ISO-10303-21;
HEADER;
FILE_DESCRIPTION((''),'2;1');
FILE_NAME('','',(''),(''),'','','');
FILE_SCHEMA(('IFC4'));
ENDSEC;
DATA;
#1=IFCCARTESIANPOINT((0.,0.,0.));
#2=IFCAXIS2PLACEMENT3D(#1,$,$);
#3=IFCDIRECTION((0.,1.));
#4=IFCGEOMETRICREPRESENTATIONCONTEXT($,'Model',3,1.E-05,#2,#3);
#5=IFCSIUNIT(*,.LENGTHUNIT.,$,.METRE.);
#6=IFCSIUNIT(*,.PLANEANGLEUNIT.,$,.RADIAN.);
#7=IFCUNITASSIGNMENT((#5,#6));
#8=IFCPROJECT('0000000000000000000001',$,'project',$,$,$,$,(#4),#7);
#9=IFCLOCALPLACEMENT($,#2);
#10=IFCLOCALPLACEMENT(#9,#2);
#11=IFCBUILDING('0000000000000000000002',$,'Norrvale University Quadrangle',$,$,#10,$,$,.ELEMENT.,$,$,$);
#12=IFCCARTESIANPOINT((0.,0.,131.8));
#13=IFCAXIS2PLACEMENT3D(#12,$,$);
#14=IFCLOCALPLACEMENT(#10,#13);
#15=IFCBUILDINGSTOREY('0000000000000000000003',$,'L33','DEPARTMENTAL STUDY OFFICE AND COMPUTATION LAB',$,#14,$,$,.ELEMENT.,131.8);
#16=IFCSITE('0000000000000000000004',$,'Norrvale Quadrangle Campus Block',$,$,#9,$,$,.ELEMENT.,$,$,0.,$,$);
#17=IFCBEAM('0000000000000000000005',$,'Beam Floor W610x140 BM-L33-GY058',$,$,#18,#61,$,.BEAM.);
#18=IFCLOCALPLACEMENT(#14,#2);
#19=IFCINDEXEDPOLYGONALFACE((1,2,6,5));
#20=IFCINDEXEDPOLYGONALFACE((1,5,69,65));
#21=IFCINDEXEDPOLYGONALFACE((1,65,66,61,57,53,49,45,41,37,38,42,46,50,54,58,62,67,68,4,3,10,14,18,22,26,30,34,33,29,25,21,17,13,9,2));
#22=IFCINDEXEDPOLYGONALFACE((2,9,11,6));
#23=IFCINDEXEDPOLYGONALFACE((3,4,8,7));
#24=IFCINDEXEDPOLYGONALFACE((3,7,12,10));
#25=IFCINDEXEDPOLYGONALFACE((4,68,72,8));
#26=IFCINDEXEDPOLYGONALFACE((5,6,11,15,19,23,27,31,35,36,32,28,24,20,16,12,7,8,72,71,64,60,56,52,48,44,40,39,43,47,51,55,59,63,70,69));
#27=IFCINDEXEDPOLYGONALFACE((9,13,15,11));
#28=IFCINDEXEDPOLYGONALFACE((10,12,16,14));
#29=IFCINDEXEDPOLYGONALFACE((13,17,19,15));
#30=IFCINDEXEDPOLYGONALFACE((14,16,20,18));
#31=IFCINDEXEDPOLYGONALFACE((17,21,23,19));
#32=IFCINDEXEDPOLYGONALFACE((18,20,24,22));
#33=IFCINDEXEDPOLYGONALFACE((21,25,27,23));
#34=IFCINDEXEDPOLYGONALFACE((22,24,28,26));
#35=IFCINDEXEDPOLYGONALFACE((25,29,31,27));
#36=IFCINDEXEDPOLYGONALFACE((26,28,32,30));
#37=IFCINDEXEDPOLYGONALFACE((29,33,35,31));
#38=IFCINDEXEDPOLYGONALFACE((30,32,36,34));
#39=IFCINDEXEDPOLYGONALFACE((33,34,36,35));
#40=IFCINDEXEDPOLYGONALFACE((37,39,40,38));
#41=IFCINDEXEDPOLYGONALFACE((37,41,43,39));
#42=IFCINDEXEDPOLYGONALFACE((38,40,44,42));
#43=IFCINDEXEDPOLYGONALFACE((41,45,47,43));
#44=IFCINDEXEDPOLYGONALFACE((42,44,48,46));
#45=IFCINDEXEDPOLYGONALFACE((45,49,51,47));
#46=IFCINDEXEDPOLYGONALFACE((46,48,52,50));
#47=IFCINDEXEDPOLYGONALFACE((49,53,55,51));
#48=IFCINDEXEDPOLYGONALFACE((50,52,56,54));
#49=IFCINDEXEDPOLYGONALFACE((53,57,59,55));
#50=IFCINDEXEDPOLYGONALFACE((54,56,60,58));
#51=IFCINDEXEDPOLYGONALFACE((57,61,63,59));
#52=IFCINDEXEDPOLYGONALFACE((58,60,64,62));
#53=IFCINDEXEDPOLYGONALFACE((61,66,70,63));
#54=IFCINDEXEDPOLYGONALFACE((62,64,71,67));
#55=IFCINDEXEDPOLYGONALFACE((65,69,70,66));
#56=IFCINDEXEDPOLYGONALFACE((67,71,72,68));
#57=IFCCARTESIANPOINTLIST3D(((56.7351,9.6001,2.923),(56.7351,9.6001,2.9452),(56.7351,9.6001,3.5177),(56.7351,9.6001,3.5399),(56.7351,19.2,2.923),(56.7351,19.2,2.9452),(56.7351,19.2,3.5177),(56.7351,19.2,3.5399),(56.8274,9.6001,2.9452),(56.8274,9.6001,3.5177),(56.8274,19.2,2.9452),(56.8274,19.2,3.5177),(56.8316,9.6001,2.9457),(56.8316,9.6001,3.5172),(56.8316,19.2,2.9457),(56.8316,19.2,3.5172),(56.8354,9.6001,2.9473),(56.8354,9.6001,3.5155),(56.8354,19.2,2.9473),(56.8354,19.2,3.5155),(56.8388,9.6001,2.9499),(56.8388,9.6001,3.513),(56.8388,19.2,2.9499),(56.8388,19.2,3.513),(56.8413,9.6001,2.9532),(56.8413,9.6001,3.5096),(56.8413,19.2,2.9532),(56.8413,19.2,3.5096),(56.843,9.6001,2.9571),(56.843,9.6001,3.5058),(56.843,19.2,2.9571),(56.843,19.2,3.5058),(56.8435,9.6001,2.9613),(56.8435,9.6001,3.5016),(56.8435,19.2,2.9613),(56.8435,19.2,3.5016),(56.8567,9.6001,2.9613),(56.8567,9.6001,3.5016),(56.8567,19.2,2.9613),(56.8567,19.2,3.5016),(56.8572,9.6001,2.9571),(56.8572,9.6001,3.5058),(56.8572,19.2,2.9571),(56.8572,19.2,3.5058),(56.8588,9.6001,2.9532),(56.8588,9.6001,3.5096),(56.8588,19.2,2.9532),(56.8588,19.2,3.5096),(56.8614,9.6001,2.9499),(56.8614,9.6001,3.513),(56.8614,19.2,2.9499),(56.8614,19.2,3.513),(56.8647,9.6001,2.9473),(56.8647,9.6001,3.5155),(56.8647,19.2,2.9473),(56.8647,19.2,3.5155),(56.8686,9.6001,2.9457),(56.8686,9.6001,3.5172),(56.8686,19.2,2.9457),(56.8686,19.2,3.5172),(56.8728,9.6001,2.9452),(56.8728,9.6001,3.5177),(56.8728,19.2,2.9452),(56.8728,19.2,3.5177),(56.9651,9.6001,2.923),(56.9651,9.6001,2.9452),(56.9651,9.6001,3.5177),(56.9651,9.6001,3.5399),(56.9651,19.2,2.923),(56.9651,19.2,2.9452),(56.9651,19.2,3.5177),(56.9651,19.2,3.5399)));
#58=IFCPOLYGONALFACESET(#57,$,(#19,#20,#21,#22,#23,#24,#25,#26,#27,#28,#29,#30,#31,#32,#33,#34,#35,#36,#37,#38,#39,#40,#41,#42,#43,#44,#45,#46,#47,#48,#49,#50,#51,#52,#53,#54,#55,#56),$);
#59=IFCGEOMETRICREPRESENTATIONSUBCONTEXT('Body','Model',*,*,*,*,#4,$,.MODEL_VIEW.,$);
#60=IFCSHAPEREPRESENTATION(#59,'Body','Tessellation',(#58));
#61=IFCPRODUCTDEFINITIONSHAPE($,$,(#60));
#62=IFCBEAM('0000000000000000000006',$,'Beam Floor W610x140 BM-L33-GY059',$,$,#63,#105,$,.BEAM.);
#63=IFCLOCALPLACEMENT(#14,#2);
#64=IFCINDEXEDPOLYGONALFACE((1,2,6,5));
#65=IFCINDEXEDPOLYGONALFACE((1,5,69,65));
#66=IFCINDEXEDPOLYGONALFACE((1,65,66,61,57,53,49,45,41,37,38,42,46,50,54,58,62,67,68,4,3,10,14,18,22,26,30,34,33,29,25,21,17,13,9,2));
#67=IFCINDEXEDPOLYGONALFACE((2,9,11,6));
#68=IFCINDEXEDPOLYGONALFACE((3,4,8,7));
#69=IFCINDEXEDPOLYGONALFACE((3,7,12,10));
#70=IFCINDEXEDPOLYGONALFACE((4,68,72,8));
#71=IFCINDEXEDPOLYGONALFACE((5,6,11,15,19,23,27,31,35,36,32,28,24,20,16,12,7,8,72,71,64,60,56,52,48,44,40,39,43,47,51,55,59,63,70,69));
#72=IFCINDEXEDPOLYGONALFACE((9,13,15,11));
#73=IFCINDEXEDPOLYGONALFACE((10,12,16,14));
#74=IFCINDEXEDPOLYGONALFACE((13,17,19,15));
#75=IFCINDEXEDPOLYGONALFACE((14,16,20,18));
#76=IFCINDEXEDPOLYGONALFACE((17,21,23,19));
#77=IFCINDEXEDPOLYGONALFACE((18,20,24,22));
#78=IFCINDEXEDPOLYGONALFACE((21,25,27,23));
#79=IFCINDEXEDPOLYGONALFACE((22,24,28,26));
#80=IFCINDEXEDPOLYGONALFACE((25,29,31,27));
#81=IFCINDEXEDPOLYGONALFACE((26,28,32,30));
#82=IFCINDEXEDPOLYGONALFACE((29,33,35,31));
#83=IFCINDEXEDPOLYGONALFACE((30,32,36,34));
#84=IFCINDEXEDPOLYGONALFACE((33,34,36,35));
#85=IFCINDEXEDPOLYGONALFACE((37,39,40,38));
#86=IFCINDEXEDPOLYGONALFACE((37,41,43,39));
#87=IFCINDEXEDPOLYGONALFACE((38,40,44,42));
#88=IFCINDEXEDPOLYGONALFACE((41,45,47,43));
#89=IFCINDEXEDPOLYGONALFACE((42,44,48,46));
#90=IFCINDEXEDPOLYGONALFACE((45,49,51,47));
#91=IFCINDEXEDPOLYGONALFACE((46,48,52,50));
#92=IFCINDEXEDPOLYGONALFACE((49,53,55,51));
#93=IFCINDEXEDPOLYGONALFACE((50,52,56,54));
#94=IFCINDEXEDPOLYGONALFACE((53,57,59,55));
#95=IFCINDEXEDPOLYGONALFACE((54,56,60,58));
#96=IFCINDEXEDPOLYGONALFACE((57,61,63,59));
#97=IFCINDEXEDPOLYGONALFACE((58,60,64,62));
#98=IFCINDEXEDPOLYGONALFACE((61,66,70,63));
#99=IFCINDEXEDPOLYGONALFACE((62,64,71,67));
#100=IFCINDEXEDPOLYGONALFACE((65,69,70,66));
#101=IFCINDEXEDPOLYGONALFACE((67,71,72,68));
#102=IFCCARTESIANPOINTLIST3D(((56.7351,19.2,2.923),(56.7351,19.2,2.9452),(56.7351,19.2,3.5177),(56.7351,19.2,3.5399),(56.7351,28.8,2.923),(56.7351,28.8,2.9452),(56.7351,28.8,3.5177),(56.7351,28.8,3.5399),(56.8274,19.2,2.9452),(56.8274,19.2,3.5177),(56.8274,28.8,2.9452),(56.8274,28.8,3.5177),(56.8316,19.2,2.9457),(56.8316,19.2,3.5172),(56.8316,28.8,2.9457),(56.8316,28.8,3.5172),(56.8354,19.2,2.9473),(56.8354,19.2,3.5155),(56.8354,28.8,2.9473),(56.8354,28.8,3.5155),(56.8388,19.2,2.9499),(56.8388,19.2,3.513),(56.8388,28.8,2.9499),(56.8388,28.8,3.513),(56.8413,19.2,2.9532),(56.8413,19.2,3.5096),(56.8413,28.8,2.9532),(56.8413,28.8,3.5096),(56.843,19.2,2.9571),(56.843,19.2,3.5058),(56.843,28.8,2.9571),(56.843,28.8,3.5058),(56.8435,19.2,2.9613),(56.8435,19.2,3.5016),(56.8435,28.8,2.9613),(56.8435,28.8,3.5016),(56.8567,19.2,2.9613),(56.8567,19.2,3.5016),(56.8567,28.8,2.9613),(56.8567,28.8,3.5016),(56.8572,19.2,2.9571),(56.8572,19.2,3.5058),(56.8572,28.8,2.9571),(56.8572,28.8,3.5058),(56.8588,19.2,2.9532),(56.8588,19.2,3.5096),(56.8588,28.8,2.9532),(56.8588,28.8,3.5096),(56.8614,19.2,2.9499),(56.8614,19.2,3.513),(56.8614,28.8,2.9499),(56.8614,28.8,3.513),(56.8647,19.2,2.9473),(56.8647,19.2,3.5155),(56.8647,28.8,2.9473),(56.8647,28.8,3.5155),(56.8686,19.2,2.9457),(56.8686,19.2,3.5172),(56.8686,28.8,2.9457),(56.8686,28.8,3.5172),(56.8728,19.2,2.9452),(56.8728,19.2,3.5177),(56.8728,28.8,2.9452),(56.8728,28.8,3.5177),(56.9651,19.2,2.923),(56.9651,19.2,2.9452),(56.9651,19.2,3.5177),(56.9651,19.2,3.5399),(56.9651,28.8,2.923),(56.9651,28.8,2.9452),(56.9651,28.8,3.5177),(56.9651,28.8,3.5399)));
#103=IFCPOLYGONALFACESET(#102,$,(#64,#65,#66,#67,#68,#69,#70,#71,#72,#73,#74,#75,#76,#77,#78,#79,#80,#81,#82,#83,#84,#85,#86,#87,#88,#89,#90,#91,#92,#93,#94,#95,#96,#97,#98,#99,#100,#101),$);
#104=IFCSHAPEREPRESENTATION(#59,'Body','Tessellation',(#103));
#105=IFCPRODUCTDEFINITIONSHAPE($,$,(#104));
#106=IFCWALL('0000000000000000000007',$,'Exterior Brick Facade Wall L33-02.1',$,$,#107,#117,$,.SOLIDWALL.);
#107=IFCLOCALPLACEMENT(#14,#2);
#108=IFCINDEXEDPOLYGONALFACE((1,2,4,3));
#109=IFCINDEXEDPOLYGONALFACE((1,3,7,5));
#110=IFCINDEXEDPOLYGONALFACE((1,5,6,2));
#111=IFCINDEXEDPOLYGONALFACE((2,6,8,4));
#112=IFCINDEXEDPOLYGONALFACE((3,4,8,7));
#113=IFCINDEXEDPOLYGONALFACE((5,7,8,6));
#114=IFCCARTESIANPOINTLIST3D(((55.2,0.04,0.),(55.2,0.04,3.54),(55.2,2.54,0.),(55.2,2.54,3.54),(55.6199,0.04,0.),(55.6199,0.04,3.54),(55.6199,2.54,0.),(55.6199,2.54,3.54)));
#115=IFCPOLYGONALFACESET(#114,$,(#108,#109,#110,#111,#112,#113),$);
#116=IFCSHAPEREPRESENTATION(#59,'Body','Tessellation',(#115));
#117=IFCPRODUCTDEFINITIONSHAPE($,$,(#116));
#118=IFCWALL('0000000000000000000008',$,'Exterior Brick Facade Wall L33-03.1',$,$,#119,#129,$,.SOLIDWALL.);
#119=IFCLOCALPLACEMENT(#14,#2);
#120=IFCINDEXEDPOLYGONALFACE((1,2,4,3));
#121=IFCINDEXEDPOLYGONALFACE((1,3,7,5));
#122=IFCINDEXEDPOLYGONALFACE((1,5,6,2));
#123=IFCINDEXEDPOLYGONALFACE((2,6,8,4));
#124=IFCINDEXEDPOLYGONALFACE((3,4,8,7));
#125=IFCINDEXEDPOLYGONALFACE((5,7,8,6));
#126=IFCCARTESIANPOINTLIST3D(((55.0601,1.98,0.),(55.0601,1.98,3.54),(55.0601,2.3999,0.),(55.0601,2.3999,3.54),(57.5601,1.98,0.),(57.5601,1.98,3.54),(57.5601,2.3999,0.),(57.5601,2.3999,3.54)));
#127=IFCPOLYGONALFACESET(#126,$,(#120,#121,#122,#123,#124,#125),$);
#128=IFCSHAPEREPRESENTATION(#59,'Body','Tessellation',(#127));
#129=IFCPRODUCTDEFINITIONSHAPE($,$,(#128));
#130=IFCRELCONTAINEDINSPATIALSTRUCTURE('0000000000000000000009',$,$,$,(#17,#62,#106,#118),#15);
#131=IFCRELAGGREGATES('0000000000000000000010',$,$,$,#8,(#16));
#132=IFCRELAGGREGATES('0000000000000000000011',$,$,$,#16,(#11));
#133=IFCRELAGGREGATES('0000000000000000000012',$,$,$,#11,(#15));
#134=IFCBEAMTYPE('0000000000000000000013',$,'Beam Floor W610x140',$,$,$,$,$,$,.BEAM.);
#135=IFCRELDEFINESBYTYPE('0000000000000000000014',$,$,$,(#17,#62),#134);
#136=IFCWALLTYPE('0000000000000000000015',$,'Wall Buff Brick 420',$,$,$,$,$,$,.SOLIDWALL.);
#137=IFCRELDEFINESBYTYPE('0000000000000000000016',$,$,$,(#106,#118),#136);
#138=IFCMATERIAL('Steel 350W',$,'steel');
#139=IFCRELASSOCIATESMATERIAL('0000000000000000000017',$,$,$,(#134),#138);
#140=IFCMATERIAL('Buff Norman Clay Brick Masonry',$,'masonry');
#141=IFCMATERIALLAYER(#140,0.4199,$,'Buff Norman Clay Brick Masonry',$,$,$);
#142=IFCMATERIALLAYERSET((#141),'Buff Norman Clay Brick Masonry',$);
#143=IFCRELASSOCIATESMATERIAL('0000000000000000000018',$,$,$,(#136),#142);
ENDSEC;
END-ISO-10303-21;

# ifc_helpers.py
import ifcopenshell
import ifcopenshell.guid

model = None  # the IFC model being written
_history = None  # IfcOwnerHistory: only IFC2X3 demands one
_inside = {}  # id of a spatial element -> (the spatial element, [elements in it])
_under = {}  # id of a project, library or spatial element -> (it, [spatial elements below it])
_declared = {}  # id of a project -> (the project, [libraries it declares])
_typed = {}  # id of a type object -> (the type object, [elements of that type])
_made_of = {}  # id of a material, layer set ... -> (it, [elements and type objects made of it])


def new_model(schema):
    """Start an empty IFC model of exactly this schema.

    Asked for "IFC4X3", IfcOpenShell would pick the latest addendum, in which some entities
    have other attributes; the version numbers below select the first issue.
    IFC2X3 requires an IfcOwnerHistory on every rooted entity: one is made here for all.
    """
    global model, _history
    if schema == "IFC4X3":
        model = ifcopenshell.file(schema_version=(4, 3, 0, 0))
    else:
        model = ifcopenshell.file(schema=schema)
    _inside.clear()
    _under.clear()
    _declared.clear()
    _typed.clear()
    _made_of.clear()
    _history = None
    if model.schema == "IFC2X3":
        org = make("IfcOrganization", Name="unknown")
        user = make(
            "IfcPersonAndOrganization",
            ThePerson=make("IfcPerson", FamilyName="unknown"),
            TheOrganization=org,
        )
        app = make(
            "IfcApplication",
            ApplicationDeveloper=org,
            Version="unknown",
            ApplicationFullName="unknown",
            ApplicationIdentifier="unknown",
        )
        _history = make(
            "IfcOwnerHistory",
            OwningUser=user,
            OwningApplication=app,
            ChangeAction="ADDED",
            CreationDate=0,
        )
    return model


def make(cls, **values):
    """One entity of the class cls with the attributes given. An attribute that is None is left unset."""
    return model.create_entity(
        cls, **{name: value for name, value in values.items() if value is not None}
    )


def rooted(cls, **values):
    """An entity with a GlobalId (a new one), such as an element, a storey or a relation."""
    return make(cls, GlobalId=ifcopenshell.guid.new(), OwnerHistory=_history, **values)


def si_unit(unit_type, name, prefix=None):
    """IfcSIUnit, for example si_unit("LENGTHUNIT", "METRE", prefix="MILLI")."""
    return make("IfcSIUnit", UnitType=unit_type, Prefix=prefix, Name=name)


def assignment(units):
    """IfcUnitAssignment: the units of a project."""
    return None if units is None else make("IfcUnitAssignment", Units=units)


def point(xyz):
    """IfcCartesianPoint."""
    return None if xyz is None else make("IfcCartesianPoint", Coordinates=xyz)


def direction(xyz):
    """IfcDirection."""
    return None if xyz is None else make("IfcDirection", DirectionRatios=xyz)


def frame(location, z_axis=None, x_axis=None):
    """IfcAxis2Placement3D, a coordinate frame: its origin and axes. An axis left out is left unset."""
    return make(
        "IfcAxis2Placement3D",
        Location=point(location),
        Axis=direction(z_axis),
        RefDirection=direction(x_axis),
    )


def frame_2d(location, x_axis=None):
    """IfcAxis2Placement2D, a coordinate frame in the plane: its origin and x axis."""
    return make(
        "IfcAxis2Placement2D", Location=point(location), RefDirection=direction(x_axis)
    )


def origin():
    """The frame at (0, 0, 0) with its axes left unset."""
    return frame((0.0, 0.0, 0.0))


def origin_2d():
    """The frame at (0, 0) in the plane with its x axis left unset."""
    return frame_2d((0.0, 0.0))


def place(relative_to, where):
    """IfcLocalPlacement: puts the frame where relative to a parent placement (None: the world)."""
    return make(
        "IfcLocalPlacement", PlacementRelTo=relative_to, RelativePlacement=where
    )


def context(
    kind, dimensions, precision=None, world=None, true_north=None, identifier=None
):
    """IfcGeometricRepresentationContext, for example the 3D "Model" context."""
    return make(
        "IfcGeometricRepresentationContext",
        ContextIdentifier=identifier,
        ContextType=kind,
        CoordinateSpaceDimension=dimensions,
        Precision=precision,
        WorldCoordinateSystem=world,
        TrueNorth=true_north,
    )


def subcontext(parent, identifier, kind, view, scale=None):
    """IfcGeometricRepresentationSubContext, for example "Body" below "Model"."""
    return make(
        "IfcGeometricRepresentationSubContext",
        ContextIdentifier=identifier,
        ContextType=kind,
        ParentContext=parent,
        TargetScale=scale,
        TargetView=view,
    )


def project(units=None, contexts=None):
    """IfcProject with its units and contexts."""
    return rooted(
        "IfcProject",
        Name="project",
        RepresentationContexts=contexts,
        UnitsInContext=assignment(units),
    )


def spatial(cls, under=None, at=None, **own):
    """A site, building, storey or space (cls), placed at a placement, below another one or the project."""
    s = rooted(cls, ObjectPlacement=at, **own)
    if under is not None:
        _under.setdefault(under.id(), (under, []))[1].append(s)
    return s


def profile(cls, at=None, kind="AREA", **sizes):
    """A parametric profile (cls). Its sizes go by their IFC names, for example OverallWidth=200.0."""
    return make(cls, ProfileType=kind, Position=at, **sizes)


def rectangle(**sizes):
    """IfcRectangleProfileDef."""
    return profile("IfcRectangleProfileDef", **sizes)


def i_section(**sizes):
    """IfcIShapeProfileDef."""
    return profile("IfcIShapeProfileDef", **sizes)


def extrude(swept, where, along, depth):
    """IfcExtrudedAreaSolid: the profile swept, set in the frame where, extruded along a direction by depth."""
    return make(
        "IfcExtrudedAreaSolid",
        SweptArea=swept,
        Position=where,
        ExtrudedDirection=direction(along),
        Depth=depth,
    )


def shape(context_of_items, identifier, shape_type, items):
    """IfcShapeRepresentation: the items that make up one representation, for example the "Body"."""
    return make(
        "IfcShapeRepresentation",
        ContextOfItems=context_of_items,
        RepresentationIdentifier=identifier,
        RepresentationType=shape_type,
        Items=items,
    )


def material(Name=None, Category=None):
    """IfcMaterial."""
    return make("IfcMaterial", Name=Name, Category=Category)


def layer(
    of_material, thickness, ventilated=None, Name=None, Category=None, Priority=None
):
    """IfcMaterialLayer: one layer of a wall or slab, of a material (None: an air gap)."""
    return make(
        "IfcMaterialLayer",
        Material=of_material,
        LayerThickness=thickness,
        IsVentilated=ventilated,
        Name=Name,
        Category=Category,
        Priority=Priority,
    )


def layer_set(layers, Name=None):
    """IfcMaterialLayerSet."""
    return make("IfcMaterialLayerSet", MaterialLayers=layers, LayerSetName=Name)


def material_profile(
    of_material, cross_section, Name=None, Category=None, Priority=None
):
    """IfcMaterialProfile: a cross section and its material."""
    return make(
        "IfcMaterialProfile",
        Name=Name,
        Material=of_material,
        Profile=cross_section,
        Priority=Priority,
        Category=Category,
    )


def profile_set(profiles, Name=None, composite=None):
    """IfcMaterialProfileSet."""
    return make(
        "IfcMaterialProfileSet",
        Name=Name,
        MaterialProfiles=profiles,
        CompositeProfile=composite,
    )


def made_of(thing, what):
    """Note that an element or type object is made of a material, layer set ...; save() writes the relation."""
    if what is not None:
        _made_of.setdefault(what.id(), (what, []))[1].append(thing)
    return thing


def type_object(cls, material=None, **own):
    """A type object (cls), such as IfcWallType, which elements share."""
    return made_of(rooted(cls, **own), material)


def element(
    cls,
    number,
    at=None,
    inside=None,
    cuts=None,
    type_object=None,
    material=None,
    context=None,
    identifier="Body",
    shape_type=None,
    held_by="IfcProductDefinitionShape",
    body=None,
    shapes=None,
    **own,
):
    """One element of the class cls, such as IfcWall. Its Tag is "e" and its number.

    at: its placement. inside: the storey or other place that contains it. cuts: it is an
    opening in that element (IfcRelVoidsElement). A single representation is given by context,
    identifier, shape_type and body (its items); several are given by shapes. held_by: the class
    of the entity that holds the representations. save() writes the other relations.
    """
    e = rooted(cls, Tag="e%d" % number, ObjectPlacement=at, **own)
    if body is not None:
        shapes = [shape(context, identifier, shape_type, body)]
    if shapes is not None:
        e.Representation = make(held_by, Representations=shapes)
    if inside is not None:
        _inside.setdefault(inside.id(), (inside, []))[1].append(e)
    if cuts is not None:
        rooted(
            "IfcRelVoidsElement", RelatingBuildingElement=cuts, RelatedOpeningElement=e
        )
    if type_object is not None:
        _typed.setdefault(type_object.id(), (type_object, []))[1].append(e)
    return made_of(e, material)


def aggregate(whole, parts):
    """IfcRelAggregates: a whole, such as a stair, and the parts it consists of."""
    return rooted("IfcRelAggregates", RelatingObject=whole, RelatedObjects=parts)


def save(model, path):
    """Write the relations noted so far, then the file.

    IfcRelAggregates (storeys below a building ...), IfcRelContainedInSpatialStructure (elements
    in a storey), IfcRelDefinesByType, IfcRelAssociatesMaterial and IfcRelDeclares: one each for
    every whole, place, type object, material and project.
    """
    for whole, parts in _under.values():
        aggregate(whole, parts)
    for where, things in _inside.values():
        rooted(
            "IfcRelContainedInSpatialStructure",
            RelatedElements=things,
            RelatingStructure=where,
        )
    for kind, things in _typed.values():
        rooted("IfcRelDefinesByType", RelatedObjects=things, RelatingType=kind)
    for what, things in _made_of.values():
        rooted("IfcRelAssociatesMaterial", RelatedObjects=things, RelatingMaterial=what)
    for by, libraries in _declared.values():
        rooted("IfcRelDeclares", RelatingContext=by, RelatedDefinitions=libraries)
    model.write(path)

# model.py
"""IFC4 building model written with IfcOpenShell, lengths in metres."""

from ifc_helpers import new_model, si_unit, direction, frame, frame_2d, origin, origin_2d, place, context, subcontext, project, spatial, rectangle, i_section, extrude, material, layer, layer_set, material_profile, profile_set, type_object, element, save


model = new_model("IFC4")

# Units and contexts
model_context = context("Model", 3, precision=1e-05, world=origin(), true_north=direction((0.0, 1.0)))
body_context = subcontext(model_context, "Body", "Model", "MODEL_VIEW")
ifc_project = project(units=[si_unit("LENGTHUNIT", "METRE"), si_unit("PLANEANGLEUNIT", "RADIAN")], contexts=[model_context])

# Site, building, storey
site_placement = place(None, origin())
site = spatial("IfcSite", under=ifc_project, at=site_placement, Name="Norrvale Quadrangle Campus Block", CompositionType="ELEMENT", RefElevation=0.0)
building_placement = place(site_placement, origin())
building = spatial("IfcBuilding", under=site, at=building_placement, Name="Norrvale University Quadrangle", CompositionType="ELEMENT")
storey_placement = place(building_placement, frame((0.0, 0.0, 131.8)))
storey = spatial("IfcBuildingStorey", under=building, at=storey_placement, Name="L33", Description="DEPARTMENTAL STUDY OFFICE AND COMPUTATION LAB", CompositionType="ELEMENT", Elevation=131.8)

# Beams
ifc_material_1 = material(Name="Steel 350W", Category="steel")
ifc_material_profile_1 = material_profile(ifc_material_1, i_section(OverallWidth=0.23, OverallDepth=0.6169, WebThickness=0.0132, FlangeThickness=0.0222, FilletRadius=0.0161, at=origin_2d()), Name="Steel 350W")
ifc_profile_set_1 = profile_set([ifc_material_profile_1], Name="Steel 350W")
beam_type_1 = type_object("IfcBeamType", Name="Beam Floor W610x140", PredefinedType="BEAM", material=ifc_profile_set_1)
beam_1_placement = place(storey_placement, frame((56.8501, 9.6001, 3.2314), z_axis=(0.0, 1.0, 0.0), x_axis=(-1.0, 0.0, 0.0)))
element("IfcBeam", 1, at=beam_1_placement, inside=storey, type_object=beam_type_1, Name="Beam Floor W610x140 BM-L33-GY058", PredefinedType="BEAM", context=body_context, shape_type="SweptSolid", body=[
    extrude(i_section(OverallWidth=0.23, OverallDepth=0.6169, WebThickness=0.0132, FlangeThickness=0.0222, FilletRadius=0.0161, at=origin_2d()), origin(), (0.0, 0.0, 1.0), 9.5999),
])
beam_2_placement = place(storey_placement, frame((56.8501, 19.2, 3.2314), z_axis=(0.0, 1.0, 0.0), x_axis=(-1.0, 0.0, 0.0)))
element("IfcBeam", 2, at=beam_2_placement, inside=storey, type_object=beam_type_1, Name="Beam Floor W610x140 BM-L33-GY059", PredefinedType="BEAM", context=body_context, shape_type="SweptSolid", body=[
    extrude(i_section(OverallWidth=0.23, OverallDepth=0.6169, WebThickness=0.0132, FlangeThickness=0.0222, FilletRadius=0.0161, at=origin_2d()), origin(), (0.0, 0.0, 1.0), 9.6001),
])

# Walls
ifc_material_2 = material(Name="Buff Norman Clay Brick Masonry", Category="masonry")
ifc_layer_1 = layer(ifc_material_2, 0.4199, Name="Buff Norman Clay Brick Masonry")
ifc_layer_set_1 = layer_set([ifc_layer_1], Name="Buff Norman Clay Brick Masonry")
wall_type_1 = type_object("IfcWallType", Name="Wall Buff Brick 420", PredefinedType="SOLIDWALL", material=ifc_layer_set_1)
for number, where, z_axis, x_axis, name in (
    (3, (55.4099, 0.04, 0.0), (0.0, 0.0, 1.0), (0.0, 1.0, 0.0), "Exterior Brick Facade Wall L33-02.1"),
    (4, (55.0601, 2.1899, 0.0), (0.0, 0.0, 1.0), (1.0, 0.0, 0.0), "Exterior Brick Facade Wall L33-03.1"),
):
    element("IfcWall", number, at=place(storey_placement, frame(where, z_axis=z_axis, x_axis=x_axis)), inside=storey, type_object=wall_type_1, Name=name, PredefinedType="SOLIDWALL", context=body_context, shape_type="SweptSolid", body=[
        extrude(rectangle(XDim=2.5, YDim=0.4199, at=frame_2d((1.25, 0.0))), origin(), (0.0, 0.0, 1.0), 3.54),
    ])

save(model, "model.ifc")
